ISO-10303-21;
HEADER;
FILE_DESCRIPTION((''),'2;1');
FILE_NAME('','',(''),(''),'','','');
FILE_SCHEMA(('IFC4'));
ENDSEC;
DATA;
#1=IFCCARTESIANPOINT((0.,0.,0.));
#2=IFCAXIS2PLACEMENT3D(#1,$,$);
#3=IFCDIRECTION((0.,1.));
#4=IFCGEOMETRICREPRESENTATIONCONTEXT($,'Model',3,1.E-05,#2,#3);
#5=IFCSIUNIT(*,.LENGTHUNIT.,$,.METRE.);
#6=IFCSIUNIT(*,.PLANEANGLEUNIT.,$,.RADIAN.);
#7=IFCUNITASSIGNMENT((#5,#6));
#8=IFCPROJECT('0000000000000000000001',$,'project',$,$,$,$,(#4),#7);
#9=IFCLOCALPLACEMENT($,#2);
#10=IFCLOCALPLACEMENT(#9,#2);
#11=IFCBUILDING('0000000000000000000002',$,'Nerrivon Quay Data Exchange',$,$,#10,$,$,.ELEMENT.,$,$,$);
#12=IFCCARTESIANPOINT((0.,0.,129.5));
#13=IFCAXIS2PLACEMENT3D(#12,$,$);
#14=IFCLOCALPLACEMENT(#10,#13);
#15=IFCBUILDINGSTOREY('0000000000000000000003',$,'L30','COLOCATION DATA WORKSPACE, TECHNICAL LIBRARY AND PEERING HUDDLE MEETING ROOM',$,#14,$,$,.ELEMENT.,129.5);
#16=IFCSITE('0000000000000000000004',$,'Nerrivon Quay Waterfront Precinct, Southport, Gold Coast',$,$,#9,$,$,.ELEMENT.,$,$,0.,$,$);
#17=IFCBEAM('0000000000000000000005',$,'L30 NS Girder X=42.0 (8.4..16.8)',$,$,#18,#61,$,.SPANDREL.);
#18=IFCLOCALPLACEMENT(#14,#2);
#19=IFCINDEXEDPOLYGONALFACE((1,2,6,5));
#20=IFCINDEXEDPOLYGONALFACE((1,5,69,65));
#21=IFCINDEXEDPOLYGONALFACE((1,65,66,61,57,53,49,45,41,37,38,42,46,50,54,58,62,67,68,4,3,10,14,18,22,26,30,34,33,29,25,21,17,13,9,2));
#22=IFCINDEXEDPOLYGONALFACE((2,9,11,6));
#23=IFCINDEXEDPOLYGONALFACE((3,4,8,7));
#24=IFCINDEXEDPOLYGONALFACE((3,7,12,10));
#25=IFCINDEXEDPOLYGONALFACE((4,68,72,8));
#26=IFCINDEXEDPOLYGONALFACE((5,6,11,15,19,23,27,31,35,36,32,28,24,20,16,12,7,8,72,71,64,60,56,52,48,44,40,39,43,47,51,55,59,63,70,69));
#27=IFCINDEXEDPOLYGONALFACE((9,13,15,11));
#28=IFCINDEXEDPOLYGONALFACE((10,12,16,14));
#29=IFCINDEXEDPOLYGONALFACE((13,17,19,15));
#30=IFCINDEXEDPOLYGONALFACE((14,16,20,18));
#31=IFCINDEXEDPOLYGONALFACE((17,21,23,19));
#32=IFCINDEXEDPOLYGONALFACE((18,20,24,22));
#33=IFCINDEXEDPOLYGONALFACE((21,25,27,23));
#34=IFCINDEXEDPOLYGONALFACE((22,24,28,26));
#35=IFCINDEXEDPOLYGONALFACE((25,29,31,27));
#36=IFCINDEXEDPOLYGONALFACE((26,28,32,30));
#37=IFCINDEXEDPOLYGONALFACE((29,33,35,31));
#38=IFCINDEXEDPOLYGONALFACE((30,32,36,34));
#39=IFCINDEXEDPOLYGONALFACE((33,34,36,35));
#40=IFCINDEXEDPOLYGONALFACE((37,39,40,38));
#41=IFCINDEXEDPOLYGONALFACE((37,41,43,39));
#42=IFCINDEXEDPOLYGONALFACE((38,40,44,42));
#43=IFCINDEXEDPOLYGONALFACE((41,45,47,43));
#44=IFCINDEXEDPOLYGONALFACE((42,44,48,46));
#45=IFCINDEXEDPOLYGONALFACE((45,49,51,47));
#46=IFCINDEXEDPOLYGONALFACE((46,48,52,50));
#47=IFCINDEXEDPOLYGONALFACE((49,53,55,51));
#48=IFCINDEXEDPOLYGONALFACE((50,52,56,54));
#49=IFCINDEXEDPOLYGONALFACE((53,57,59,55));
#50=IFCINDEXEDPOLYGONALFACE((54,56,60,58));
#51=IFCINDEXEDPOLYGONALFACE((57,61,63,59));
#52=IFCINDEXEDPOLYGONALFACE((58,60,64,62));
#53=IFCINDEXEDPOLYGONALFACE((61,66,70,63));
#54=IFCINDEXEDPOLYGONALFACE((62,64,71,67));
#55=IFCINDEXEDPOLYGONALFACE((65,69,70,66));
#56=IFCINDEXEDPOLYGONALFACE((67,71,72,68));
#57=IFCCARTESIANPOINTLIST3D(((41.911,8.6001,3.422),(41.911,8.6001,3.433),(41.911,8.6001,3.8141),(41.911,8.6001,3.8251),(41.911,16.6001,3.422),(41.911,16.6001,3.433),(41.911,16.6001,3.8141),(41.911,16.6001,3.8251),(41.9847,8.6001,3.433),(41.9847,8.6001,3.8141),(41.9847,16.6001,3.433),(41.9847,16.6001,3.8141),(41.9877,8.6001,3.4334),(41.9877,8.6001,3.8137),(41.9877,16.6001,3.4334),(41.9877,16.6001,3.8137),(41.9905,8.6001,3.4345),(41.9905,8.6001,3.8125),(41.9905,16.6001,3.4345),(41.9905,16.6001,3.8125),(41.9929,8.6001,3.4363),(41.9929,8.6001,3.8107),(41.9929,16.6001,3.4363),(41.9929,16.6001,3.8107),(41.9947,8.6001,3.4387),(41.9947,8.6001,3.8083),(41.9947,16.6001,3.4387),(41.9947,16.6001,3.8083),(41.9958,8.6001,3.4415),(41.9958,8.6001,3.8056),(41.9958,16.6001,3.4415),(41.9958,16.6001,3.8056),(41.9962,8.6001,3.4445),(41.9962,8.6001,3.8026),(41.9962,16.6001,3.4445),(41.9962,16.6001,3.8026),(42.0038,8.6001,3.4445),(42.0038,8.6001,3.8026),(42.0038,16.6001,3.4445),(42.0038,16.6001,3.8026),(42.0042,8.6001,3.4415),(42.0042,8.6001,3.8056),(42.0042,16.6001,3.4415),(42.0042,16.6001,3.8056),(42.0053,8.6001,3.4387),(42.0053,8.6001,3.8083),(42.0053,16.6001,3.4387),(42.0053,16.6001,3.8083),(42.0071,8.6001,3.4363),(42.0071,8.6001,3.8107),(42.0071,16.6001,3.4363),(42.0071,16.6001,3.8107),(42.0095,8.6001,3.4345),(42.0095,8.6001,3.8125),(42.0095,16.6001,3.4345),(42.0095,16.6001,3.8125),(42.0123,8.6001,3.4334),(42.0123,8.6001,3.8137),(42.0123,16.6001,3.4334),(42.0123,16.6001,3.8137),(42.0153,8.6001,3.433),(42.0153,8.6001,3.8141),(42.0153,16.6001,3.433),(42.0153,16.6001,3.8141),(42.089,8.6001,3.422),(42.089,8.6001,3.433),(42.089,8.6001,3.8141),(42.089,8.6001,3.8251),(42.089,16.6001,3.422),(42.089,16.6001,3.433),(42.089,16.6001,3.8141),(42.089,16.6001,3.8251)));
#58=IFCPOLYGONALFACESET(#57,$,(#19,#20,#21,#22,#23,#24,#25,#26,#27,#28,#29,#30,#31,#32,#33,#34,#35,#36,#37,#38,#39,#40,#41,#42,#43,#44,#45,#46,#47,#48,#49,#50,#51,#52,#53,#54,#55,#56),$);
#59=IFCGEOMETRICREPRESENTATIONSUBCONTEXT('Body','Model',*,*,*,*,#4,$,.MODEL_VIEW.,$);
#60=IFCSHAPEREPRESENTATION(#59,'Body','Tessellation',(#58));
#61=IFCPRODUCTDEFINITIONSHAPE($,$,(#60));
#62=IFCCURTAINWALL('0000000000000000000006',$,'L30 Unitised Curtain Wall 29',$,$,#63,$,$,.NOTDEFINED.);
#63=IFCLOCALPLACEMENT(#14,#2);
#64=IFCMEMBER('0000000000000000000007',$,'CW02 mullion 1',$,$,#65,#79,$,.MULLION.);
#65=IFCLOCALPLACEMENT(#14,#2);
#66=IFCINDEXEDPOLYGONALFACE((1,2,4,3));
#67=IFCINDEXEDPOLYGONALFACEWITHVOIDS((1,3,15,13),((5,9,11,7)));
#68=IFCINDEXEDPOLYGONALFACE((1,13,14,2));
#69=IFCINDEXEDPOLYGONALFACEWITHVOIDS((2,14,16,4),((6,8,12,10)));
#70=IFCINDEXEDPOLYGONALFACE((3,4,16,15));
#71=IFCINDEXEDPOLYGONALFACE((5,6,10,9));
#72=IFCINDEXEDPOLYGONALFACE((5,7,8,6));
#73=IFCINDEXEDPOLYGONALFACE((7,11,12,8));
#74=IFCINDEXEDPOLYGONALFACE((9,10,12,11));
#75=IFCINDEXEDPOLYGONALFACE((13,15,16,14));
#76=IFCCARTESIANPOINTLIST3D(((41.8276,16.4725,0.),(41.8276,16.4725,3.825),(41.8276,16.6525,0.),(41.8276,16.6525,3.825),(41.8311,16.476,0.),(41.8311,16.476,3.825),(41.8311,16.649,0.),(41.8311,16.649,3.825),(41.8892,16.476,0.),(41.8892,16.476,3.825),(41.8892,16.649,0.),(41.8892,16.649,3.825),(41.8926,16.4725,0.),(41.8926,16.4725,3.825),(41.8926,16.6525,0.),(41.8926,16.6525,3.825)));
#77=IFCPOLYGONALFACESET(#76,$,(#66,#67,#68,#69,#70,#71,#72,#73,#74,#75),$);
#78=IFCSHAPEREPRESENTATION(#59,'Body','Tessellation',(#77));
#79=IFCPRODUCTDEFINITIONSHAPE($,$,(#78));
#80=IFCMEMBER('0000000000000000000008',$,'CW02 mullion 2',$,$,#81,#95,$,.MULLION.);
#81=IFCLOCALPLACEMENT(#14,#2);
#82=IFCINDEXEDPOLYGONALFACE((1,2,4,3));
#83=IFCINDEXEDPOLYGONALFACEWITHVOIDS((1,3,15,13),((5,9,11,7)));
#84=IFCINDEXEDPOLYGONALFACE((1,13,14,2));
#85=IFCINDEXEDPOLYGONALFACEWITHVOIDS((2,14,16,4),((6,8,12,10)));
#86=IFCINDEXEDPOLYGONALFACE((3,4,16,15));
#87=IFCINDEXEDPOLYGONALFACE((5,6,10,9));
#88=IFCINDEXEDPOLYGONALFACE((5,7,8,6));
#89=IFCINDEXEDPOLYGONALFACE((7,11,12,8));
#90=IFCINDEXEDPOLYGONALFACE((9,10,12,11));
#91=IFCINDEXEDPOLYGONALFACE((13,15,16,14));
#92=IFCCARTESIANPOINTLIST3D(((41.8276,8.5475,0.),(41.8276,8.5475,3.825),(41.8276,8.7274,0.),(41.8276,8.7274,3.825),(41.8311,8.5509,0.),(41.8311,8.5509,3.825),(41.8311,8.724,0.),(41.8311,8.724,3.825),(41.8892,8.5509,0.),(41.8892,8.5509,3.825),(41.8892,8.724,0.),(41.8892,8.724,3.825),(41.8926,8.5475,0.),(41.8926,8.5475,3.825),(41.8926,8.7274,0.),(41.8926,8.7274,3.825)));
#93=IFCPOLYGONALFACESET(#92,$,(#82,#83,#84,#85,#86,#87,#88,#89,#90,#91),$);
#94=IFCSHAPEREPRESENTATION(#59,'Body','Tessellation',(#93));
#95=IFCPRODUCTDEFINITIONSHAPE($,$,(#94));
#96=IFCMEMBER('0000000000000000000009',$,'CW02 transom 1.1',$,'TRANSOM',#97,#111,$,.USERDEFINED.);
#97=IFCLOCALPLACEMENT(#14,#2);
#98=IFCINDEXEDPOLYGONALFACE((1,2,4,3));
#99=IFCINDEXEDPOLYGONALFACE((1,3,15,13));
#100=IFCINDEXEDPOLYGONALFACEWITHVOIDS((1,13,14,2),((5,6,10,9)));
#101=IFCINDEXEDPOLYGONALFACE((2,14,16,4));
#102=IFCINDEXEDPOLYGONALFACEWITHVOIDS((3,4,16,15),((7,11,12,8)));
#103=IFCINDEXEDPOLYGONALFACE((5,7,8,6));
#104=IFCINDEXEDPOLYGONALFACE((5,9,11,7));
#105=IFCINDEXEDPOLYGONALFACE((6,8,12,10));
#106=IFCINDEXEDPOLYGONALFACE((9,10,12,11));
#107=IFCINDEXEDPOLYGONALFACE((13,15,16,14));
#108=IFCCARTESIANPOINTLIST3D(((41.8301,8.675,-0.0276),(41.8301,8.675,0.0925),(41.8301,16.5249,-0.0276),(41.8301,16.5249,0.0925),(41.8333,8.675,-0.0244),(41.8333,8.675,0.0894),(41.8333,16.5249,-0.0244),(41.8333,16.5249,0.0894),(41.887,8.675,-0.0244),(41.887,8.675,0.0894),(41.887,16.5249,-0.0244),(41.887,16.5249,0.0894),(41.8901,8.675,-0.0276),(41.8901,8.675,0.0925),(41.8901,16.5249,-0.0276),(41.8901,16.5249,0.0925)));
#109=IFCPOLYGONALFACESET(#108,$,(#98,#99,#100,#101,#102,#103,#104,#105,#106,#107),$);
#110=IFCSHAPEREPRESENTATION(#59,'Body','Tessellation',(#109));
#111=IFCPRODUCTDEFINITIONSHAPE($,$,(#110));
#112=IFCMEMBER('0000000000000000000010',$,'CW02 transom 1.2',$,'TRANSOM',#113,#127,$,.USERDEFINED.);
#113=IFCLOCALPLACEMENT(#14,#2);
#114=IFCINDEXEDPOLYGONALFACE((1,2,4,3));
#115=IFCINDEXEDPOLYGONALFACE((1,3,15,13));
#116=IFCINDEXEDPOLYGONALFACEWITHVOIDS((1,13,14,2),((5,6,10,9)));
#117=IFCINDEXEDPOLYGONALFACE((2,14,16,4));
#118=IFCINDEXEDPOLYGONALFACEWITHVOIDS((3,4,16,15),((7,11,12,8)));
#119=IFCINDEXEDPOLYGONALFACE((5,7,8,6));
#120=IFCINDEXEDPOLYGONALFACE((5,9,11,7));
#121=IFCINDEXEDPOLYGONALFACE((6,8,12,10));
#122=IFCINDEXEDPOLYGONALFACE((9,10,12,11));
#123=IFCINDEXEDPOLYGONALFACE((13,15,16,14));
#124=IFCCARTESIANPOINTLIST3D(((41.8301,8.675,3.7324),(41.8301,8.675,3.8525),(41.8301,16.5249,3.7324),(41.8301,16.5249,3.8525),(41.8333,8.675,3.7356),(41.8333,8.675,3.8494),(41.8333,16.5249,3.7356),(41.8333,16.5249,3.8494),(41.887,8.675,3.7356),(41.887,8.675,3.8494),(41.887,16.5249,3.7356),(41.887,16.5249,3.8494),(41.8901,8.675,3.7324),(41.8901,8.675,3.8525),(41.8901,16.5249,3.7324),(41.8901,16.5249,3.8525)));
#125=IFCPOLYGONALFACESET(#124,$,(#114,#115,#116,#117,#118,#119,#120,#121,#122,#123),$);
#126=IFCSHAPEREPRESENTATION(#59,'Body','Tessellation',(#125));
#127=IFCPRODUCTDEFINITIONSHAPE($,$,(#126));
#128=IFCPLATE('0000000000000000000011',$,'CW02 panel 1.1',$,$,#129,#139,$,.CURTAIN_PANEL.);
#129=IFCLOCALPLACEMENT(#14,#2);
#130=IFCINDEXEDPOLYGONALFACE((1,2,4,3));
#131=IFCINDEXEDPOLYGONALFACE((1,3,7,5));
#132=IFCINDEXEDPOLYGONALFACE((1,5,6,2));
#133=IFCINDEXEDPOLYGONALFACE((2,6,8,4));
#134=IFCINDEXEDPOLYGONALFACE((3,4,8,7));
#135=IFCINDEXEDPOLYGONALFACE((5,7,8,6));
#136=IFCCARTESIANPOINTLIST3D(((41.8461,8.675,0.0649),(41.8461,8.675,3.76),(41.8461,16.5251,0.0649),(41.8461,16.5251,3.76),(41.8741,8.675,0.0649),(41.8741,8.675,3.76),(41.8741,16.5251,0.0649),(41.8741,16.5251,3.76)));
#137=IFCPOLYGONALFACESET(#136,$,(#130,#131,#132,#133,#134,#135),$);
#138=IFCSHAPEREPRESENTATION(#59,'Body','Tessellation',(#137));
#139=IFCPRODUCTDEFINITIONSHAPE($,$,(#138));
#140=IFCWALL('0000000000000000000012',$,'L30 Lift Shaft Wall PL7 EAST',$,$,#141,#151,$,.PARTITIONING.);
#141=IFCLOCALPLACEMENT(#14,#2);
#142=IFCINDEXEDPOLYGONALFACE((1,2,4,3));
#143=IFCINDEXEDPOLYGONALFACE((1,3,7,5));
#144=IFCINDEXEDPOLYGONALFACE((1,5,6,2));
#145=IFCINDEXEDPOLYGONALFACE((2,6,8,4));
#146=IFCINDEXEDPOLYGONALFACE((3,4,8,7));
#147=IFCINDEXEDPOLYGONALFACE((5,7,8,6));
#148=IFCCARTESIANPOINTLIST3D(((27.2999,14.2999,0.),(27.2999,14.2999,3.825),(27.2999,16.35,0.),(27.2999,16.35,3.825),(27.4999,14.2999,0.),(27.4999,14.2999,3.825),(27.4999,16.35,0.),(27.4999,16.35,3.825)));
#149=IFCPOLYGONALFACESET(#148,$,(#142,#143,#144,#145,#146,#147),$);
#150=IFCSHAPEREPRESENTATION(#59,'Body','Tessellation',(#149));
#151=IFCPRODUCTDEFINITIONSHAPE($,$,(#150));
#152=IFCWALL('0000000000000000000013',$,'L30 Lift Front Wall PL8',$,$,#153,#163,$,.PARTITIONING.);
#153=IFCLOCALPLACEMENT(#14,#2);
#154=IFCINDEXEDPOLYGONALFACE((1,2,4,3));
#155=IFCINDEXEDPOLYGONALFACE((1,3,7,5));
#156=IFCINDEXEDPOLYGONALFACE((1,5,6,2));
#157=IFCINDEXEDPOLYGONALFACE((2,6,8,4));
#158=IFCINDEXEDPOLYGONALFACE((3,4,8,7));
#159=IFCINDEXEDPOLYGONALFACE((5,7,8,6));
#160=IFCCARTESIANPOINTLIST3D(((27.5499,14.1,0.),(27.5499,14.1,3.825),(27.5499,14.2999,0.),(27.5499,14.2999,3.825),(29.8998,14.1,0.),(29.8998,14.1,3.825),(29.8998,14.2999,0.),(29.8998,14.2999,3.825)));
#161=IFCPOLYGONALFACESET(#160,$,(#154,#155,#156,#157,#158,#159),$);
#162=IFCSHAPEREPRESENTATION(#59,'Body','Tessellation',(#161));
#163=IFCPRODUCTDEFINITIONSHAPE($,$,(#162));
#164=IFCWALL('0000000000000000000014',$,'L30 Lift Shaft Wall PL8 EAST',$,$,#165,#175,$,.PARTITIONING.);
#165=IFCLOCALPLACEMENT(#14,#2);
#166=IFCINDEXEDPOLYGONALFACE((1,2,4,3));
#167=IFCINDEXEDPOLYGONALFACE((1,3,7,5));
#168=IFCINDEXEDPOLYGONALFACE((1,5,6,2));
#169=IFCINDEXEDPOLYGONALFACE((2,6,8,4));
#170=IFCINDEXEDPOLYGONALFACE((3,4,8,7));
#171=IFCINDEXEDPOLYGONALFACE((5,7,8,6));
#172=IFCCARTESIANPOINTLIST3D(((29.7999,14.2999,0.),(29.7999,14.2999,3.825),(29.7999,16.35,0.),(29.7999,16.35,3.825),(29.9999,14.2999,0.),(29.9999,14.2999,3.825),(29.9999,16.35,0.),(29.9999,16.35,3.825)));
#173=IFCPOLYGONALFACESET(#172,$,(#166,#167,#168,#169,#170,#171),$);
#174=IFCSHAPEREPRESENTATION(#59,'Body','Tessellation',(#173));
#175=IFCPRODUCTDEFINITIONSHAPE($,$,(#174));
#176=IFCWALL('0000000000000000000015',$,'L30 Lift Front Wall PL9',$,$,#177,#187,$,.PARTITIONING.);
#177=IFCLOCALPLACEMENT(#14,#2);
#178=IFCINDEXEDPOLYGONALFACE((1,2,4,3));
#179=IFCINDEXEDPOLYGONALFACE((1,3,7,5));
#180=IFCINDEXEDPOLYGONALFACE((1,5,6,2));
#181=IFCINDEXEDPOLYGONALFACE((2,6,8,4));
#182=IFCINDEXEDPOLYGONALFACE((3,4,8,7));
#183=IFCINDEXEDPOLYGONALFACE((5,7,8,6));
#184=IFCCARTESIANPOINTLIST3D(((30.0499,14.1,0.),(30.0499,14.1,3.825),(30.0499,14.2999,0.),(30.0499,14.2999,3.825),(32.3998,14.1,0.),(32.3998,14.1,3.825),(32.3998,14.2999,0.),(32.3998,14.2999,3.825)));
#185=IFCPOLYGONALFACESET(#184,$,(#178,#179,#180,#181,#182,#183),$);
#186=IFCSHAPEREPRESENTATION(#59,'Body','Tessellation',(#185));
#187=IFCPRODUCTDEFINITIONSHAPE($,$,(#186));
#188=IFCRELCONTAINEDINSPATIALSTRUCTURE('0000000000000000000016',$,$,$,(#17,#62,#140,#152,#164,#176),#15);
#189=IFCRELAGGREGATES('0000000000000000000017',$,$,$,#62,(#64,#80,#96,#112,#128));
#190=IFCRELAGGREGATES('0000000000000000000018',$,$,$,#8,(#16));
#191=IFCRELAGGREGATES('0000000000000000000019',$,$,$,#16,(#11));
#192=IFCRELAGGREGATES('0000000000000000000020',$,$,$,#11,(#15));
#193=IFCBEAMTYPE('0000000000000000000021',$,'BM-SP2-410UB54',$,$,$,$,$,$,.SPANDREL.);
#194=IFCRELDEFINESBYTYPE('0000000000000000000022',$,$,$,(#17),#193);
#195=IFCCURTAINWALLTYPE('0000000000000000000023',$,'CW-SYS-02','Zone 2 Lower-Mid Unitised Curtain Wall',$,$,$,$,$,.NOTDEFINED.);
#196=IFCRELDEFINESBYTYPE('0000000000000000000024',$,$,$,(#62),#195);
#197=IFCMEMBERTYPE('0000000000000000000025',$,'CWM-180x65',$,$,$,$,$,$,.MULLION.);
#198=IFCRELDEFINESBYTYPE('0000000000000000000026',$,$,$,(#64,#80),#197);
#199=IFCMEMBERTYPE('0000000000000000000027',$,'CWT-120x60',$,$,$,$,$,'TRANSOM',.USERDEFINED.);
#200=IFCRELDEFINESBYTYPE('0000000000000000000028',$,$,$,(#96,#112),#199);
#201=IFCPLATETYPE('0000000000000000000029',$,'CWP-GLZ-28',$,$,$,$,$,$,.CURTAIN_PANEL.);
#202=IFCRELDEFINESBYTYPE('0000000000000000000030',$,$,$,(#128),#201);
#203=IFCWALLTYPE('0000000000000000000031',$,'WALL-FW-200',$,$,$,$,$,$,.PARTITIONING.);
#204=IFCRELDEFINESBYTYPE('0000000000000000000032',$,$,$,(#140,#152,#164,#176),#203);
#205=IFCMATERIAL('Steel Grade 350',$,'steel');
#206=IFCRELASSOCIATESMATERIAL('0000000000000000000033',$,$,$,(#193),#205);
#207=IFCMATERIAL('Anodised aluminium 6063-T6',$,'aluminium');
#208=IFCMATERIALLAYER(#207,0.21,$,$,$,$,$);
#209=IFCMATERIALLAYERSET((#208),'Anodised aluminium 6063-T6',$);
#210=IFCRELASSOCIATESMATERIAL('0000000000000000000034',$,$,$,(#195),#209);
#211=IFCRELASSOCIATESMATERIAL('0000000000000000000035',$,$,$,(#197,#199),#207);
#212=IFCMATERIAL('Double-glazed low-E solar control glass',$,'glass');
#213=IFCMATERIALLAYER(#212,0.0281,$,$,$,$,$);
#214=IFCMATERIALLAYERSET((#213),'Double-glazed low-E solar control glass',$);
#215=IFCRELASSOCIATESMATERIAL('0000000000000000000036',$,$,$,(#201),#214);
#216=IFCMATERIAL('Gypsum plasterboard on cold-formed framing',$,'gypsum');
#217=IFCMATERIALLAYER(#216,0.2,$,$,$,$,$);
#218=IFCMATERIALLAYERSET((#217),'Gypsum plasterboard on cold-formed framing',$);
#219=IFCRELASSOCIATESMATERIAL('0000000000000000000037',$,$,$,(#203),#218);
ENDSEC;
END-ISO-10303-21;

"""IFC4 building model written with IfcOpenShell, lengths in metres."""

from ifc_helpers import new_model, si_unit, direction, frame, frame_2d, origin, origin_2d, place, context, subcontext, project, spatial, rectangle, hollow_rectangle, i_section, extrude, material, layer, layer_set, material_profile, profile_set, type_object, element, aggregate, save


model = new_model("IFC4")

# Units and contexts
model_context = context("Model", 3, precision=1e-05, world=origin(), true_north=direction((0.0, 1.0)))
body_context = subcontext(model_context, "Body", "Model", "MODEL_VIEW")
ifc_project = project(units=[si_unit("LENGTHUNIT", "METRE"), si_unit("PLANEANGLEUNIT", "RADIAN")], contexts=[model_context])

# Site, building, storey
site_placement = place(None, origin())
site = spatial("IfcSite", under=ifc_project, at=site_placement, Name="Nerrivon Quay Waterfront Precinct, Southport, Gold Coast", CompositionType="ELEMENT", RefElevation=0.0)
building_placement = place(site_placement, origin())
building = spatial("IfcBuilding", under=site, at=building_placement, Name="Nerrivon Quay Data Exchange", CompositionType="ELEMENT")
storey_placement = place(building_placement, frame((0.0, 0.0, 129.5)))
storey = spatial("IfcBuildingStorey", under=building, at=storey_placement, Name="L30", Description="COLOCATION DATA WORKSPACE, TECHNICAL LIBRARY AND PEERING HUDDLE MEETING ROOM", CompositionType="ELEMENT", Elevation=129.5)

# Shared definitions
ifc_material_1 = material(Name="Steel Grade 350", Category="steel")

# Beam
ifc_material_profile_1 = material_profile(ifc_material_1, i_section(OverallWidth=0.178, OverallDepth=0.4031, WebThickness=0.0076, FlangeThickness=0.011, FilletRadius=0.0115, at=origin_2d()), Name="410UB53.7")
ifc_profile_set_1 = profile_set([ifc_material_profile_1], Name="Steel Grade 350")
beam_type_1 = type_object("IfcBeamType", Name="BM-SP2-410UB54", PredefinedType="SPANDREL", material=ifc_profile_set_1)
beam_1_placement = place(storey_placement, frame((42.0, 8.6001, 3.6235), z_axis=(0.0, 1.0, 0.0), x_axis=(-1.0, 0.0, 0.0)))
element("IfcBeam", 1, at=beam_1_placement, inside=storey, type_object=beam_type_1, Name="L30 NS Girder X=42.0 (8.4..16.8)", PredefinedType="SPANDREL", context=body_context, shape_type="SweptSolid", body=[
    extrude(i_section(OverallWidth=0.178, OverallDepth=0.4031, WebThickness=0.0076, FlangeThickness=0.011, FilletRadius=0.0115, at=origin_2d()), origin(), (0.0, 0.0, 1.0), 8.0),
])

# Curtain wall, members, plate
ifc_material_2 = material(Name="Anodised aluminium 6063-T6", Category="aluminium")
ifc_layer_1 = layer(ifc_material_2, 0.21)
ifc_layer_set_1 = layer_set([ifc_layer_1], Name="Anodised aluminium 6063-T6")
curtain_wall_type = type_object("IfcCurtainWallType", Name="CW-SYS-02", Description="Zone 2 Lower-Mid Unitised Curtain Wall", PredefinedType="NOTDEFINED", material=ifc_layer_set_1)
curtain_wall_placement = place(storey_placement, origin())
curtain_wall = element("IfcCurtainWall", 2, at=curtain_wall_placement, inside=storey, type_object=curtain_wall_type, Name="L30 Unitised Curtain Wall 29", PredefinedType="NOTDEFINED")
ifc_material_profile_2 = material_profile(ifc_material_2, hollow_rectangle(XDim=0.0649, YDim=0.1799, WallThickness=0.0034, at=origin_2d()), Name="ALU-MULL-180x65")
ifc_profile_set_2 = profile_set([ifc_material_profile_2], Name="Anodised aluminium 6063-T6")
member_type_1 = type_object("IfcMemberType", Name="CWM-180x65", PredefinedType="MULLION", material=ifc_profile_set_2)
member_1_placement = place(storey_placement, frame((41.8601, 16.5625, 0.0), z_axis=(0.0, 0.0, 1.0), x_axis=(1.0, 0.0, 0.0)))
member_1 = element("IfcMember", 3, at=member_1_placement, type_object=member_type_1, Name="CW02 mullion 1", PredefinedType="MULLION", context=body_context, shape_type="SweptSolid", body=[
    extrude(hollow_rectangle(XDim=0.0649, YDim=0.1799, WallThickness=0.0034, at=origin_2d()), origin(), (0.0, 0.0, 1.0), 3.825),
])
member_2_placement = place(storey_placement, frame((41.8601, 8.6375, 0.0), z_axis=(0.0, 0.0, 1.0), x_axis=(1.0, 0.0, 0.0)))
member_2 = element("IfcMember", 4, at=member_2_placement, type_object=member_type_1, Name="CW02 mullion 2", PredefinedType="MULLION", context=body_context, shape_type="SweptSolid", body=[
    extrude(hollow_rectangle(XDim=0.0649, YDim=0.1799, WallThickness=0.0034, at=origin_2d()), origin(), (0.0, 0.0, 1.0), 3.825),
])
ifc_material_profile_3 = material_profile(ifc_material_2, hollow_rectangle(XDim=0.0601, YDim=0.1201, WallThickness=0.0032, at=origin_2d()), Name="ALU-TRAN-120x60")
ifc_profile_set_3 = profile_set([ifc_material_profile_3], Name="Anodised aluminium 6063-T6")
member_type_2 = type_object("IfcMemberType", Name="CWT-120x60", ElementType="TRANSOM", PredefinedType="USERDEFINED", material=ifc_profile_set_3)
member_3_placement = place(storey_placement, frame((41.8601, 16.5249, 0.0325), z_axis=(0.0, -1.0, 0.0), x_axis=(1.0, 0.0, 0.0)))
member_3 = element("IfcMember", 5, at=member_3_placement, type_object=member_type_2, Name="CW02 transom 1.1", ObjectType="TRANSOM", PredefinedType="USERDEFINED", context=body_context, shape_type="SweptSolid", body=[
    extrude(hollow_rectangle(XDim=0.0601, YDim=0.1201, WallThickness=0.0032, at=origin_2d()), origin(), (0.0, 0.0, 1.0), 7.8499),
])
member_4_placement = place(storey_placement, frame((41.8601, 16.5249, 3.7925), z_axis=(0.0, -1.0, 0.0), x_axis=(1.0, 0.0, 0.0)))
member_4 = element("IfcMember", 6, at=member_4_placement, type_object=member_type_2, Name="CW02 transom 1.2", ObjectType="TRANSOM", PredefinedType="USERDEFINED", context=body_context, shape_type="SweptSolid", body=[
    extrude(hollow_rectangle(XDim=0.0601, YDim=0.1201, WallThickness=0.0032, at=origin_2d()), origin(), (0.0, 0.0, 1.0), 7.8499),
])
ifc_material_3 = material(Name="Double-glazed low-E solar control glass", Category="glass")
ifc_layer_2 = layer(ifc_material_3, 0.0281)
ifc_layer_set_2 = layer_set([ifc_layer_2], Name="Double-glazed low-E solar control glass")
plate_type = type_object("IfcPlateType", Name="CWP-GLZ-28", PredefinedType="CURTAIN_PANEL", material=ifc_layer_set_2)
plate_placement = place(storey_placement, frame((41.8601, 12.6001, 0.0649), z_axis=(0.0, 0.0, 1.0), x_axis=(0.0, -1.0, 0.0)))
plate = element("IfcPlate", 7, at=plate_placement, type_object=plate_type, Name="CW02 panel 1.1", PredefinedType="CURTAIN_PANEL", context=body_context, shape_type="SweptSolid", body=[
    extrude(rectangle(XDim=7.8501, YDim=0.0281, at=origin_2d()), origin(), (0.0, 0.0, 1.0), 3.6951),
])
aggregate(curtain_wall, [member_1, member_2, member_3, member_4, plate])

# Walls
ifc_material_4 = material(Name="Gypsum plasterboard on cold-formed framing", Category="gypsum")
ifc_layer_3 = layer(ifc_material_4, 0.2)
ifc_layer_set_3 = layer_set([ifc_layer_3], Name="Gypsum plasterboard on cold-formed framing")
wall_type_1 = type_object("IfcWallType", Name="WALL-FW-200", PredefinedType="PARTITIONING", material=ifc_layer_set_3)
wall_1_placement = place(storey_placement, frame((27.3999, 14.3, 0.0), z_axis=(0.0, 0.0, 1.0), x_axis=(0.0, 1.0, 0.0)))
element("IfcWall", 8, at=wall_1_placement, inside=storey, type_object=wall_type_1, Name="L30 Lift Shaft Wall PL7 EAST", PredefinedType="PARTITIONING", context=body_context, shape_type="SweptSolid", body=[
    extrude(rectangle(XDim=2.05, YDim=0.2, at=frame_2d((1.0249, 0.0))), origin(), (0.0, 0.0, 1.0), 3.825),
])
wall_2_placement = place(storey_placement, frame((27.55, 14.2, 0.0), z_axis=(0.0, 0.0, 1.0), x_axis=(1.0, 0.0, 0.0)))
element("IfcWall", 9, at=wall_2_placement, inside=storey, type_object=wall_type_1, Name="L30 Lift Front Wall PL8", PredefinedType="PARTITIONING", context=body_context, shape_type="SweptSolid", body=[
    extrude(rectangle(XDim=2.3499, YDim=0.2, at=frame_2d((1.1748, 0.0))), origin(), (0.0, 0.0, 1.0), 3.825),
])
wall_3_placement = place(storey_placement, frame((29.8999, 14.3, 0.0), z_axis=(0.0, 0.0, 1.0), x_axis=(0.0, 1.0, 0.0)))
element("IfcWall", 10, at=wall_3_placement, inside=storey, type_object=wall_type_1, Name="L30 Lift Shaft Wall PL8 EAST", PredefinedType="PARTITIONING", context=body_context, shape_type="SweptSolid", body=[
    extrude(rectangle(XDim=2.05, YDim=0.2, at=frame_2d((1.0249, 0.0))), origin(), (0.0, 0.0, 1.0), 3.825),
])
wall_4_placement = place(storey_placement, frame((30.05, 14.2, 0.0), z_axis=(0.0, 0.0, 1.0), x_axis=(1.0, 0.0, 0.0)))
element("IfcWall", 11, at=wall_4_placement, inside=storey, type_object=wall_type_1, Name="L30 Lift Front Wall PL9", PredefinedType="PARTITIONING", context=body_context, shape_type="SweptSolid", body=[
    extrude(rectangle(XDim=2.3499, YDim=0.2, at=frame_2d((1.1748, 0.0))), origin(), (0.0, 0.0, 1.0), 3.825),
])

save(model, "model.ifc")
